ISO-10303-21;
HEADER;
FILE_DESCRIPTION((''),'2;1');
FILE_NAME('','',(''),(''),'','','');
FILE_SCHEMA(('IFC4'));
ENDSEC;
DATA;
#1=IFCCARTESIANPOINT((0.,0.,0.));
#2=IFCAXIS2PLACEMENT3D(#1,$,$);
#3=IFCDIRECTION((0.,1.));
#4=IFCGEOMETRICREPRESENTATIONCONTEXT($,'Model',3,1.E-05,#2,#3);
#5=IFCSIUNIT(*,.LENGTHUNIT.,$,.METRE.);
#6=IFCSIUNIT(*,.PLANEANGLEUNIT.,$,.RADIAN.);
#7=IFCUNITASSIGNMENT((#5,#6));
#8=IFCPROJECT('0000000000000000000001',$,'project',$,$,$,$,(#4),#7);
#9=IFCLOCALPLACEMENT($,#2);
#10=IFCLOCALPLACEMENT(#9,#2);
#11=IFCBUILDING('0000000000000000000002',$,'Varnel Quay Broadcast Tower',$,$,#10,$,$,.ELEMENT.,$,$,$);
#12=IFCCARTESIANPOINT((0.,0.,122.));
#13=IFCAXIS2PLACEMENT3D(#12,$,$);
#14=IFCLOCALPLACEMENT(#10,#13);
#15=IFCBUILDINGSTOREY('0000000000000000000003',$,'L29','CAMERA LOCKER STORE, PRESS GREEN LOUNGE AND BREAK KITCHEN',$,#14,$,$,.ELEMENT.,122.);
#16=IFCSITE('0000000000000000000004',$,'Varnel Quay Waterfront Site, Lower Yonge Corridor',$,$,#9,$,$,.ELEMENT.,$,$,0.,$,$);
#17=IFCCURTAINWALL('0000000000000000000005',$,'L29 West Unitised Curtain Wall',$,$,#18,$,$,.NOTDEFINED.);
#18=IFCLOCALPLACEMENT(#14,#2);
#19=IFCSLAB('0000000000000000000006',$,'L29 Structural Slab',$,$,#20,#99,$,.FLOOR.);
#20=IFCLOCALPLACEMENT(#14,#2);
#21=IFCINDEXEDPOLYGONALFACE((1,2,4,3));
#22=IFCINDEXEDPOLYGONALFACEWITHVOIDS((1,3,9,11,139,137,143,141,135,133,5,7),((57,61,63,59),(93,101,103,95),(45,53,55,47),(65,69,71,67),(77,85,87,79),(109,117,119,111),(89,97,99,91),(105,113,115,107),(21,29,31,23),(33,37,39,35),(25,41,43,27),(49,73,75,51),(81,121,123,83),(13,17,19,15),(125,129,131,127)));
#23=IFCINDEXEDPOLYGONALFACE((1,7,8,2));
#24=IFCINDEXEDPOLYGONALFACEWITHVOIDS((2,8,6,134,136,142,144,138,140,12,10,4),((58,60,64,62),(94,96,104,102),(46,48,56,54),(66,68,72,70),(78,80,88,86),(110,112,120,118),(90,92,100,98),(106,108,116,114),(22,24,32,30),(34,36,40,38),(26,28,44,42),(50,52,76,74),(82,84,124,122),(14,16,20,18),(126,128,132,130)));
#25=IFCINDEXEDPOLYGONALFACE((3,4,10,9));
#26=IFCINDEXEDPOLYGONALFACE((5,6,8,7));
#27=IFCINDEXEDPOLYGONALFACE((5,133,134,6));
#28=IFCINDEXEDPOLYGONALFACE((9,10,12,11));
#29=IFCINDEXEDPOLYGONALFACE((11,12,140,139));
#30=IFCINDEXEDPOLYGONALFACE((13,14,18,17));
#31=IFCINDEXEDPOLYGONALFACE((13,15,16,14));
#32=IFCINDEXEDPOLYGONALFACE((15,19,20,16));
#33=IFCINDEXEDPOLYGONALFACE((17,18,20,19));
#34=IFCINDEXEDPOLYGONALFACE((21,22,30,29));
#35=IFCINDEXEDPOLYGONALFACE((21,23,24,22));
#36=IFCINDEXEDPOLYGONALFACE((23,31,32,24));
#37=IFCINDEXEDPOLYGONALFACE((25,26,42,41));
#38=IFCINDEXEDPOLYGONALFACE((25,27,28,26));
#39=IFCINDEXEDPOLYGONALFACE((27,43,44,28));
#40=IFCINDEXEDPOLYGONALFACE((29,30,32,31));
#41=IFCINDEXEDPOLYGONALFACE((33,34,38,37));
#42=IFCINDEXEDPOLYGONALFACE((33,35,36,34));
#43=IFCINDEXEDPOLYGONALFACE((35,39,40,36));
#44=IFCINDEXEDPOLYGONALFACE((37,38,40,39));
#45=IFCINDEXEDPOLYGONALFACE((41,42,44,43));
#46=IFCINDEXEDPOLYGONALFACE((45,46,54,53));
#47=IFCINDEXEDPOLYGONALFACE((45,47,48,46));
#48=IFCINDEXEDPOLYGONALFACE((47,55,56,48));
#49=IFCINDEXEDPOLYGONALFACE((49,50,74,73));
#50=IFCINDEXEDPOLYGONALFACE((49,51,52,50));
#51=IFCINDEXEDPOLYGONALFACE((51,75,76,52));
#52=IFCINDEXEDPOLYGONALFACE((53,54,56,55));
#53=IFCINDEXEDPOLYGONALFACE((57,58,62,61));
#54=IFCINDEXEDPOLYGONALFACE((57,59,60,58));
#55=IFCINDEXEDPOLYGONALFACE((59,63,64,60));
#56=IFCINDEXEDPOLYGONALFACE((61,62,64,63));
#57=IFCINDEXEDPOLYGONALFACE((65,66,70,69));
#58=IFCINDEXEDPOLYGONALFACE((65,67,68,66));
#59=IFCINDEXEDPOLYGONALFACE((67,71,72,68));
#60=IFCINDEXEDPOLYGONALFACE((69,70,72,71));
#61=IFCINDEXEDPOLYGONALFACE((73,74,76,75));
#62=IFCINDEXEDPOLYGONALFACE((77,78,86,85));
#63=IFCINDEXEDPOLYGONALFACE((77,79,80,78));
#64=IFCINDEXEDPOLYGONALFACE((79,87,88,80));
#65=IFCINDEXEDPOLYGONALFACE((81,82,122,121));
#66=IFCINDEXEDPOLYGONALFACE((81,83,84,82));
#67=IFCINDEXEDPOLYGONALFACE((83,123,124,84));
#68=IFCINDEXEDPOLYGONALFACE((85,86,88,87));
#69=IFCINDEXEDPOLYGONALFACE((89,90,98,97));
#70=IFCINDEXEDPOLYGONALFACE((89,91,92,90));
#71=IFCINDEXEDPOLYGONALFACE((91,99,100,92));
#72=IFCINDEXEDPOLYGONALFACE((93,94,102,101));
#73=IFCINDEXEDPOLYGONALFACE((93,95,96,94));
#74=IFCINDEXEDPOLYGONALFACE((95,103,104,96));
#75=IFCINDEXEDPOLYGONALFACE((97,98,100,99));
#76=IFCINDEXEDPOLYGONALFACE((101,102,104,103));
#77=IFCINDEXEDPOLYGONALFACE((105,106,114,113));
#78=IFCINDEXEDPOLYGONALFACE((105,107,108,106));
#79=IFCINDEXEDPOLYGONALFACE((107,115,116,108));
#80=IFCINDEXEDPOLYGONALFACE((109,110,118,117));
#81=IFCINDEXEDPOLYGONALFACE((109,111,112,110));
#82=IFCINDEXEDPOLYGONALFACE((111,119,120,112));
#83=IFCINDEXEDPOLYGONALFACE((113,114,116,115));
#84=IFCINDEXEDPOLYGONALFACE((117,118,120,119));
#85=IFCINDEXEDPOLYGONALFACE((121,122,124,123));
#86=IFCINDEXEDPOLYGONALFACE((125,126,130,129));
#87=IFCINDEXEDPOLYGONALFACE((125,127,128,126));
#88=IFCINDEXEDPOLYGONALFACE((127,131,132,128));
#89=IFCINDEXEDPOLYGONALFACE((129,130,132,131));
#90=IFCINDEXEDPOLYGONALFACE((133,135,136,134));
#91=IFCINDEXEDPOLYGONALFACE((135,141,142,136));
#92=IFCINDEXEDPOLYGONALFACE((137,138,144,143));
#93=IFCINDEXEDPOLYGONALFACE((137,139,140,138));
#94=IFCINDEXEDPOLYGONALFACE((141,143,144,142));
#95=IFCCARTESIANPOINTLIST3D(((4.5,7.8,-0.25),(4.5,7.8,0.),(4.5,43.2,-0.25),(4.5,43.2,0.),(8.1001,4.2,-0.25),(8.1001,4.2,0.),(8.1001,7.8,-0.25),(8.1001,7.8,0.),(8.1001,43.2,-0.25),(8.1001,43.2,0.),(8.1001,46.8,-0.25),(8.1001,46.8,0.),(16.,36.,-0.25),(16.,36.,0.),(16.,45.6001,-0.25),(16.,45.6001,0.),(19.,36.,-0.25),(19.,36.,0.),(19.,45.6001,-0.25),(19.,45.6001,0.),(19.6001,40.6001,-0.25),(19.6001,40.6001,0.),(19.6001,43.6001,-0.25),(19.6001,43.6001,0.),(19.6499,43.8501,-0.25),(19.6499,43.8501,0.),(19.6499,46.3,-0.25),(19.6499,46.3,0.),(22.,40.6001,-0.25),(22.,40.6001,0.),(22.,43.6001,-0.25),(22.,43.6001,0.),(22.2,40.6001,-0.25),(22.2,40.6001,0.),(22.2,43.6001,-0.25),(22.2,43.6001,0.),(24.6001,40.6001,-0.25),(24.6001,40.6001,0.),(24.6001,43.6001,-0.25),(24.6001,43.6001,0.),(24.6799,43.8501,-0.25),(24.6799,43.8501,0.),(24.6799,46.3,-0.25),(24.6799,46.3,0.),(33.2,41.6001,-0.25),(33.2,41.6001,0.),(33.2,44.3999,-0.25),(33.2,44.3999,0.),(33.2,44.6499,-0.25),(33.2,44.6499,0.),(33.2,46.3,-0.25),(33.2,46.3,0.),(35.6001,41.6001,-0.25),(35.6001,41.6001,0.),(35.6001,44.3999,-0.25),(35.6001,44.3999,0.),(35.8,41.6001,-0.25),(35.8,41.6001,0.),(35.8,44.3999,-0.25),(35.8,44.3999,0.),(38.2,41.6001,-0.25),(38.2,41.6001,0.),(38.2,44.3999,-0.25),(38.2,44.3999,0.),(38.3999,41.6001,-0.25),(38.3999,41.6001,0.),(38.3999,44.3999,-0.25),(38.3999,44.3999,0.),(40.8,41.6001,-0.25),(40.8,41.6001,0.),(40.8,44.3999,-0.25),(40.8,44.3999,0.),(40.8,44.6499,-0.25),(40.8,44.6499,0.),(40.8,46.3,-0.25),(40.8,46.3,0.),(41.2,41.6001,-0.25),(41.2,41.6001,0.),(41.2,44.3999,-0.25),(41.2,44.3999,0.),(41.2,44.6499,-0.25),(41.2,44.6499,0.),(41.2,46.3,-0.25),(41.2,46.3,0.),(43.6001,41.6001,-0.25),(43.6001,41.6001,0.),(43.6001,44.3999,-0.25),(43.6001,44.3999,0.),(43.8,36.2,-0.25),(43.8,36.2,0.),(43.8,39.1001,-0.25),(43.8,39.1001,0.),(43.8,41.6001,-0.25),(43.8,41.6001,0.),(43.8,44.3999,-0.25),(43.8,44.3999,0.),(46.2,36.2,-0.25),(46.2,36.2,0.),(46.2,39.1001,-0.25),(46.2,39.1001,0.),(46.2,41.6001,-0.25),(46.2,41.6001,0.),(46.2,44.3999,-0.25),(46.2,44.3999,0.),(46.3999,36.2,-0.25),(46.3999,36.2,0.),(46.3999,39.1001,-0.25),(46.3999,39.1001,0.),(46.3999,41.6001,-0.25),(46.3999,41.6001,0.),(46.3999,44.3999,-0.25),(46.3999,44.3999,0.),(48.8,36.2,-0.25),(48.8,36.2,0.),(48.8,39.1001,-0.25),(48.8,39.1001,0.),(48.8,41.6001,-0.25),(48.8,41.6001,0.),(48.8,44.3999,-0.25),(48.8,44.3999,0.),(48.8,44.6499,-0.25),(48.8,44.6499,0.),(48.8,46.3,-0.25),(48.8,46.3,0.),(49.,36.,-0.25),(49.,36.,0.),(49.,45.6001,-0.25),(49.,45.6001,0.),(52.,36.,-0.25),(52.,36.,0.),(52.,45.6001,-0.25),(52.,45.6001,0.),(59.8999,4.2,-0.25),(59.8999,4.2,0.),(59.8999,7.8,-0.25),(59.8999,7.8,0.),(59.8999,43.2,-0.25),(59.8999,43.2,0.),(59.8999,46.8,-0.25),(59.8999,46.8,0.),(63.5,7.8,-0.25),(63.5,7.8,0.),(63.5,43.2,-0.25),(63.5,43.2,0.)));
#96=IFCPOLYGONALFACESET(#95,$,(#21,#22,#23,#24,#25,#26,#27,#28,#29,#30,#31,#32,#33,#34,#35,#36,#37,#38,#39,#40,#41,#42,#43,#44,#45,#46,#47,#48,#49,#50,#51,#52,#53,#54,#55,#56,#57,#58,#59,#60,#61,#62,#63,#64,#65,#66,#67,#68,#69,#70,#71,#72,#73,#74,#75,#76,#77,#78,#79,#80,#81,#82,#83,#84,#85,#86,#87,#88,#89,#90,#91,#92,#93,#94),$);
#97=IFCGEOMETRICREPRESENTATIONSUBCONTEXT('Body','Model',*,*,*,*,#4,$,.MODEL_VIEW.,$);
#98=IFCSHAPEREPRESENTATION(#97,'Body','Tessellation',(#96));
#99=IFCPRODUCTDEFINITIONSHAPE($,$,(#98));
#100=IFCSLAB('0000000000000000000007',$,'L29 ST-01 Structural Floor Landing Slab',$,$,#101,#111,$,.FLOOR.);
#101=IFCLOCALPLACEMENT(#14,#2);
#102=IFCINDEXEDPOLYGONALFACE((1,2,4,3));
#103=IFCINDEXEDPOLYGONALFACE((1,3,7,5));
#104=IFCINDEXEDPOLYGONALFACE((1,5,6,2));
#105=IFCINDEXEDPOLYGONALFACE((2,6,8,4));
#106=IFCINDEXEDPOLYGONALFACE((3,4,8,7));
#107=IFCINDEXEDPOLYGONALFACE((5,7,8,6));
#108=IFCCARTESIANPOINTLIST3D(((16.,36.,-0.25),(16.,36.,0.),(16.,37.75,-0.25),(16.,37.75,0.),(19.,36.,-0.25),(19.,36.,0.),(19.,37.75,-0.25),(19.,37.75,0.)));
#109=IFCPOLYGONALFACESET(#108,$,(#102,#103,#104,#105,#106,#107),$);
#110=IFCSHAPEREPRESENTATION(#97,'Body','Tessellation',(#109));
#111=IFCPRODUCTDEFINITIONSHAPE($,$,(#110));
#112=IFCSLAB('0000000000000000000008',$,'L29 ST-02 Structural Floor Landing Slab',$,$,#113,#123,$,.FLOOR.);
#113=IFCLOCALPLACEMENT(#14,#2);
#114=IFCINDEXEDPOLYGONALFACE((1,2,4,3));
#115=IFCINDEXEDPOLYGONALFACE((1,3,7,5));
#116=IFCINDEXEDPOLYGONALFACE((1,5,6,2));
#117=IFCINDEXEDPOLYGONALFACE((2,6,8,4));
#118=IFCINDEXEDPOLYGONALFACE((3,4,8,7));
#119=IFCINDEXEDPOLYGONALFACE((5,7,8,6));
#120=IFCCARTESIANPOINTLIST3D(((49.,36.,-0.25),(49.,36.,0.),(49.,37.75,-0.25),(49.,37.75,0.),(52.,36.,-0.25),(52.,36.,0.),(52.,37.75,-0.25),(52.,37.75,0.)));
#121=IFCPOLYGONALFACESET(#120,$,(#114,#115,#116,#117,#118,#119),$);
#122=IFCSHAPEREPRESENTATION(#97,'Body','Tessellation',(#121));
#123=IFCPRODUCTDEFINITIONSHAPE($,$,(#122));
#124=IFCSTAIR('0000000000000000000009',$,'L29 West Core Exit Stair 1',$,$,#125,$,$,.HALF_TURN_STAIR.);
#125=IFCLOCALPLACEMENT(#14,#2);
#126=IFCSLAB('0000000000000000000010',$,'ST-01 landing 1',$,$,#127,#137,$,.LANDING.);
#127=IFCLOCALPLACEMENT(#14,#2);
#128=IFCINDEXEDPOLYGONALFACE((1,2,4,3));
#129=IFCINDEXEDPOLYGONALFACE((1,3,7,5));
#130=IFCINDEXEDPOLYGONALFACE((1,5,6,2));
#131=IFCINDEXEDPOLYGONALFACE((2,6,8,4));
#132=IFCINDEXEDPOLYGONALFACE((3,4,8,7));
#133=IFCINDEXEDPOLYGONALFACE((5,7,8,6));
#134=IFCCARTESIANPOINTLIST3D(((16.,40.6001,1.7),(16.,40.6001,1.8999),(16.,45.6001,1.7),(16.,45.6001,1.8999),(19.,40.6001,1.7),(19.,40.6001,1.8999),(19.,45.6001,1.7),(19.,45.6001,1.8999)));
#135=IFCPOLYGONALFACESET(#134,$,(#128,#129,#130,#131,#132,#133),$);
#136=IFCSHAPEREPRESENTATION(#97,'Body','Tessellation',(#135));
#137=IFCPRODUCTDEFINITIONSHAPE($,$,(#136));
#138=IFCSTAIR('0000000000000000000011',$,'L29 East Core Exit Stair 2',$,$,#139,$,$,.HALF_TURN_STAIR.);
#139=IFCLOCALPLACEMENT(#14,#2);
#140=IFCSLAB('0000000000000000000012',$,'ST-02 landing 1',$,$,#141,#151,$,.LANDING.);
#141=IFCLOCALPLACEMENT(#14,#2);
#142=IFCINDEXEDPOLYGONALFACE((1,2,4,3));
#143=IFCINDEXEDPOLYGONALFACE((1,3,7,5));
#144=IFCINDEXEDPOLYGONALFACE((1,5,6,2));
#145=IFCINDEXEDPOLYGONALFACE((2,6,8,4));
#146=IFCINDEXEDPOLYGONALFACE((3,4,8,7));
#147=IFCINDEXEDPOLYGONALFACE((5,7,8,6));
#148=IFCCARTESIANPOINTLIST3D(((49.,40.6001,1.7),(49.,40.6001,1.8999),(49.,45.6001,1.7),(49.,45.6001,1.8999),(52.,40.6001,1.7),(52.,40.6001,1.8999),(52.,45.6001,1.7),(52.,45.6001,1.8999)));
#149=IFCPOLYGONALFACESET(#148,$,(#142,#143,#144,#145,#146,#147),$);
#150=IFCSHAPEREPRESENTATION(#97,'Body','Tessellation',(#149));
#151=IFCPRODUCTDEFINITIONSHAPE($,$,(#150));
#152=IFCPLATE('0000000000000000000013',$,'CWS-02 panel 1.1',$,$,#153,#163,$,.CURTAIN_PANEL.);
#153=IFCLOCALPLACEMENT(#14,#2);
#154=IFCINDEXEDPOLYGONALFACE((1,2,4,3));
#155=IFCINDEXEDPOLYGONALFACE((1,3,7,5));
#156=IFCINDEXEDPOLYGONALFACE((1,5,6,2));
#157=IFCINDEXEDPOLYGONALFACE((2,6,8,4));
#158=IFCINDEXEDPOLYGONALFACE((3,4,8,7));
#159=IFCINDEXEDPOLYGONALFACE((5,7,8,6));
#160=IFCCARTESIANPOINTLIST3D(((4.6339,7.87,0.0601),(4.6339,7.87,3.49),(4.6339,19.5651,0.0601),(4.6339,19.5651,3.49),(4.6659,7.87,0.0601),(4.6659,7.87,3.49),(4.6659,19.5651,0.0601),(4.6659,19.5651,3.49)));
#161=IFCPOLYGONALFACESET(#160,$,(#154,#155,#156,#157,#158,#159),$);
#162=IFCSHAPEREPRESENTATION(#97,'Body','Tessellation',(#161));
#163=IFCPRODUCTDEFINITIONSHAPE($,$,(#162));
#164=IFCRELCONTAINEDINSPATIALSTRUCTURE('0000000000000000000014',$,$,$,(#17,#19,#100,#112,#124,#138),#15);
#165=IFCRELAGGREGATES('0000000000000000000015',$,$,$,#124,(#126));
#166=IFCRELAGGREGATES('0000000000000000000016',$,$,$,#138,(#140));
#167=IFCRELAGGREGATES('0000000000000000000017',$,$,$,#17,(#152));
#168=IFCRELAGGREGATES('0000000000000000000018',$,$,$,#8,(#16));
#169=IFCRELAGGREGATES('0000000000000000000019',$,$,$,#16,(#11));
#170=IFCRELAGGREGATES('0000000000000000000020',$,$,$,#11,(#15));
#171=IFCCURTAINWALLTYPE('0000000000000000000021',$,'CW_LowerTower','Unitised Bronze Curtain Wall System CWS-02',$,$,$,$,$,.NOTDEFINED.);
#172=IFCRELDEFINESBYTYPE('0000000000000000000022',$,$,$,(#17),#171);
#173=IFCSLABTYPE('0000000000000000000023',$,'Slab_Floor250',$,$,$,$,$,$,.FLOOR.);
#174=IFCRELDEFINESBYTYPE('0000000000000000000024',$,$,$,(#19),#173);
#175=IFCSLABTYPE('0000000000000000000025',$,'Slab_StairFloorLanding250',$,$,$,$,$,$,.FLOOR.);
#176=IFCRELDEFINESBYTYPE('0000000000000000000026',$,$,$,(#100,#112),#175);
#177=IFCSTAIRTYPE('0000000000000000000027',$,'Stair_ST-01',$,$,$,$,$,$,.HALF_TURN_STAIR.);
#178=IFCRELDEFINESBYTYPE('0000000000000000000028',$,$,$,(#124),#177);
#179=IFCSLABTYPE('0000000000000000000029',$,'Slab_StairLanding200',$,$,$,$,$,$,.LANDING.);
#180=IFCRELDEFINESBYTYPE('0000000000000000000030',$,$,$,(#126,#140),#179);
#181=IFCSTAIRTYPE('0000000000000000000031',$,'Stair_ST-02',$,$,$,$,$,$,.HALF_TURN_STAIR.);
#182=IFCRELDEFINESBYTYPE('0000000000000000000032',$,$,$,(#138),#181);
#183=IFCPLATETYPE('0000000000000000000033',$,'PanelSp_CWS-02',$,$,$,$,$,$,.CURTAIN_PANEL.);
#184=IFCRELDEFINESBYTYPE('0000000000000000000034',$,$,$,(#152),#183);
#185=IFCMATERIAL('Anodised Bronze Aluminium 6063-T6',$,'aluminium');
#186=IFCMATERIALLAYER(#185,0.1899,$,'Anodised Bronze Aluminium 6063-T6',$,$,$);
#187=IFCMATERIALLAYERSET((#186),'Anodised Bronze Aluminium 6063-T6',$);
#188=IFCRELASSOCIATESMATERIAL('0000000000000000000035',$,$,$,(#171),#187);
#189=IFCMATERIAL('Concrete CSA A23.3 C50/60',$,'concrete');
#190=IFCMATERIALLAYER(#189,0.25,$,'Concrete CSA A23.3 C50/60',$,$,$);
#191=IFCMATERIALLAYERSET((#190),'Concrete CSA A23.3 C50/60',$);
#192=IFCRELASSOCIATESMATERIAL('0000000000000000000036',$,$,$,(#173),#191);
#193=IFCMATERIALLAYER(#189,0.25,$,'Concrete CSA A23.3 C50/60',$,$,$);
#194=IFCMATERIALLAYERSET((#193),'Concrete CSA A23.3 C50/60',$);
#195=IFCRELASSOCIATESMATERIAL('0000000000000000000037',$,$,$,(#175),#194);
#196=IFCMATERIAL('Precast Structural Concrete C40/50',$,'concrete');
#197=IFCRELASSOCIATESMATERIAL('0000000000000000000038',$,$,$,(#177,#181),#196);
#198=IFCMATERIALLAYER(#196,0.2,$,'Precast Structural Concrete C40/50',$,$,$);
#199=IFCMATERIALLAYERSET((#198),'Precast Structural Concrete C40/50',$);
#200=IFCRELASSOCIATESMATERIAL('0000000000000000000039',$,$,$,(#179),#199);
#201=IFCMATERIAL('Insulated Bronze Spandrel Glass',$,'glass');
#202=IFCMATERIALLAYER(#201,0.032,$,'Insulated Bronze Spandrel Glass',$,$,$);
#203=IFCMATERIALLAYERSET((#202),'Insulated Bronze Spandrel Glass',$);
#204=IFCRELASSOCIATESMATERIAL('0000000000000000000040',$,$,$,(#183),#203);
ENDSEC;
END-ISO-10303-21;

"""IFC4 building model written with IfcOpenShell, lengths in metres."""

from ifc_helpers import new_model, si_unit, direction, frame, origin, origin_2d, place, context, subcontext, project, spatial, polyline, rectangle, outline, extrude, source, transform, mapped, material, layer, layer_set, type_object, type_shapes, element, aggregate, save


model = new_model("IFC4")

# Units and contexts
model_context = context("Model", 3, precision=1e-05, world=origin(), true_north=direction((0.0, 1.0)))
body_context = subcontext(model_context, "Body", "Model", "MODEL_VIEW")
ifc_project = project(units=[si_unit("LENGTHUNIT", "METRE"), si_unit("PLANEANGLEUNIT", "RADIAN")], contexts=[model_context])

# Site, building, storey
site_placement = place(None, origin())
site = spatial("IfcSite", under=ifc_project, at=site_placement, Name="Varnel Quay Waterfront Site, Lower Yonge Corridor", CompositionType="ELEMENT", RefElevation=0.0)
building_placement = place(site_placement, origin())
building = spatial("IfcBuilding", under=site, at=building_placement, Name="Varnel Quay Broadcast Tower", CompositionType="ELEMENT")
storey_placement = place(building_placement, frame((0.0, 0.0, 122.0)))
storey = spatial("IfcBuildingStorey", under=building, at=storey_placement, Name="L29", Description="CAMERA LOCKER STORE, PRESS GREEN LOUNGE AND BREAK KITCHEN", CompositionType="ELEMENT", Elevation=122.0)

# Curtain wall
ifc_material_1 = material(Name="Anodised Bronze Aluminium 6063-T6", Category="aluminium")
ifc_layer_1 = layer(ifc_material_1, 0.1899, Name="Anodised Bronze Aluminium 6063-T6")
ifc_layer_set_1 = layer_set([ifc_layer_1], Name="Anodised Bronze Aluminium 6063-T6")
curtain_wall_type_1 = type_object("IfcCurtainWallType", Name="CW_LowerTower", Description="Unitised Bronze Curtain Wall System CWS-02", PredefinedType="NOTDEFINED", material=ifc_layer_set_1)
curtain_wall_1_placement = place(storey_placement, origin())
curtain_wall_1 = element("IfcCurtainWall", 1, at=curtain_wall_1_placement, inside=storey, type_object=curtain_wall_type_1, Name="L29 West Unitised Curtain Wall", PredefinedType="NOTDEFINED")

# Slabs
ifc_material_2 = material(Name="Concrete CSA A23.3 C50/60", Category="concrete")
ifc_layer_2 = layer(ifc_material_2, 0.25, Name="Concrete CSA A23.3 C50/60")
ifc_layer_set_2 = layer_set([ifc_layer_2], Name="Concrete CSA A23.3 C50/60")
slab_type_1 = type_object("IfcSlabType", Name="Slab_Floor250", PredefinedType="FLOOR", material=ifc_layer_set_2)
slab_1_placement = place(storey_placement, frame((0.0, 0.0, -0.25)))
element("IfcSlab", 2, at=slab_1_placement, inside=storey, type_object=slab_type_1, Name="L29 Structural Slab", PredefinedType="FLOOR", context=body_context, shape_type="SweptSolid", body=[
    extrude(outline(polyline([(8.1001, 4.2), (59.8999, 4.2), (59.8999, 7.8), (63.5, 7.8), (63.5, 43.2), (59.8999, 43.2), (59.8999, 46.8), (8.1001, 46.8), (8.1001, 43.2), (4.5, 43.2), (4.5, 7.8), (8.1001, 7.8), (8.1001, 4.2)]), holes=[polyline([(19.0, 36.0), (16.0, 36.0), (16.0, 45.6001), (19.0, 45.6001), (19.0, 36.0)]), polyline([(19.6001, 43.6001), (22.0, 43.6001), (22.0, 40.6001), (19.6001, 40.6001), (19.6001, 43.6001)]), polyline([(22.2, 43.6001), (24.6001, 43.6001), (24.6001, 40.6001), (22.2, 40.6001), (22.2, 43.6001)]), polyline([(33.2, 44.3999), (35.6001, 44.3999), (35.6001, 41.6001), (33.2, 41.6001), (33.2, 44.3999)]), polyline([(35.8, 44.3999), (38.2, 44.3999), (38.2, 41.6001), (35.8, 41.6001), (35.8, 44.3999)]), polyline([(38.3999, 44.3999), (40.8, 44.3999), (40.8, 41.6001), (38.3999, 41.6001), (38.3999, 44.3999)]), polyline([(19.6499, 46.3), (24.6799, 46.3), (24.6799, 43.8501), (19.6499, 43.8501), (19.6499, 46.3)]), polyline([(33.2, 46.3), (40.8, 46.3), (40.8, 44.6499), (33.2, 44.6499), (33.2, 46.3)]), polyline([(43.8, 39.1001), (46.2, 39.1001), (46.2, 36.2), (43.8, 36.2), (43.8, 39.1001)]), polyline([(46.3999, 39.1001), (48.8, 39.1001), (48.8, 36.2), (46.3999, 36.2), (46.3999, 39.1001)]), polyline([(49.0, 36.0), (49.0, 45.6001), (52.0, 45.6001), (52.0, 36.0), (49.0, 36.0)]), polyline([(41.2, 44.3999), (43.6001, 44.3999), (43.6001, 41.6001), (41.2, 41.6001), (41.2, 44.3999)]), polyline([(43.8, 44.3999), (46.2, 44.3999), (46.2, 41.6001), (43.8, 41.6001), (43.8, 44.3999)]), polyline([(46.3999, 44.3999), (48.8, 44.3999), (48.8, 41.6001), (46.3999, 41.6001), (46.3999, 44.3999)]), polyline([(41.2, 46.3), (48.8, 46.3), (48.8, 44.6499), (41.2, 44.6499), (41.2, 46.3)])]), origin(), (0.0, 0.0, 1.0), 0.25),
])
ifc_layer_3 = layer(ifc_material_2, 0.25, Name="Concrete CSA A23.3 C50/60")
ifc_layer_set_3 = layer_set([ifc_layer_3], Name="Concrete CSA A23.3 C50/60")
slab_type_2 = type_object("IfcSlabType", Name="Slab_StairFloorLanding250", PredefinedType="FLOOR", material=ifc_layer_set_3)
slab_2_placement = place(storey_placement, frame((0.0, 0.0, -0.25)))
element("IfcSlab", 3, at=slab_2_placement, inside=storey, type_object=slab_type_2, Name="L29 ST-01 Structural Floor Landing Slab", PredefinedType="FLOOR", context=body_context, shape_type="SweptSolid", body=[
    extrude(outline(polyline([(19.0, 36.0), (19.0, 37.75), (16.0, 37.75), (16.0, 36.0), (19.0, 36.0)])), origin(), (0.0, 0.0, 1.0), 0.25),
])
slab_3_placement = place(storey_placement, frame((0.0, 0.0, -0.25)))
element("IfcSlab", 4, at=slab_3_placement, inside=storey, type_object=slab_type_2, Name="L29 ST-02 Structural Floor Landing Slab", PredefinedType="FLOOR", context=body_context, shape_type="SweptSolid", body=[
    extrude(outline(polyline([(52.0, 36.0), (52.0, 37.75), (49.0, 37.75), (49.0, 36.0), (52.0, 36.0)])), origin(), (0.0, 0.0, 1.0), 0.25),
])

# Stairs, slabs
ifc_material_3 = material(Name="Precast Structural Concrete C40/50", Category="concrete")
stair_type_1 = type_object("IfcStairType", Name="Stair_ST-01", PredefinedType="HALF_TURN_STAIR", material=ifc_material_3)
stair_1_placement = place(storey_placement, origin())
stair_1 = element("IfcStair", 5, at=stair_1_placement, inside=storey, type_object=stair_type_1, Name="L29 West Core Exit Stair 1", PredefinedType="HALF_TURN_STAIR")
ifc_layer_4 = layer(ifc_material_3, 0.2, Name="Precast Structural Concrete C40/50")
ifc_layer_set_4 = layer_set([ifc_layer_4], Name="Precast Structural Concrete C40/50")
slab_type_3 = type_object("IfcSlabType", Name="Slab_StairLanding200", PredefinedType="LANDING", material=ifc_layer_set_4)
slab_4_placement = place(storey_placement, frame((0.0, 0.0, 1.7)))
slab_4 = element("IfcSlab", 6, at=slab_4_placement, type_object=slab_type_3, Name="ST-01 landing 1", PredefinedType="LANDING", context=body_context, shape_type="SweptSolid", body=[
    extrude(outline(polyline([(19.0, 40.6001), (19.0, 45.6001), (16.0, 45.6001), (16.0, 40.6001), (19.0, 40.6001)])), origin(), (0.0, 0.0, 1.0), 0.2),
])
aggregate(stair_1, [slab_4])
stair_type_2 = type_object("IfcStairType", Name="Stair_ST-02", PredefinedType="HALF_TURN_STAIR", material=ifc_material_3)
stair_2_placement = place(storey_placement, origin())
stair_2 = element("IfcStair", 7, at=stair_2_placement, inside=storey, type_object=stair_type_2, Name="L29 East Core Exit Stair 2", PredefinedType="HALF_TURN_STAIR")
slab_5_placement = place(storey_placement, frame((0.0, 0.0, 1.7)))
slab_5 = element("IfcSlab", 8, at=slab_5_placement, type_object=slab_type_3, Name="ST-02 landing 1", PredefinedType="LANDING", context=body_context, shape_type="SweptSolid", body=[
    extrude(outline(polyline([(52.0, 40.6001), (52.0, 45.6001), (49.0, 45.6001), (49.0, 40.6001), (52.0, 40.6001)])), origin(), (0.0, 0.0, 1.0), 0.2),
])
aggregate(stair_2, [slab_5])

# Plate
ifc_material_4 = material(Name="Insulated Bronze Spandrel Glass", Category="glass")
ifc_layer_5 = layer(ifc_material_4, 0.032, Name="Insulated Bronze Spandrel Glass")
ifc_layer_set_5 = layer_set([ifc_layer_5], Name="Insulated Bronze Spandrel Glass")
plate_type = type_object("IfcPlateType", Name="PanelSp_CWS-02", PredefinedType="CURTAIN_PANEL", material=ifc_layer_set_5)
shared_shape_1 = source(origin(), body_context, "Body", "SweptSolid", [
    extrude(rectangle(XDim=11.6951, YDim=0.032, at=origin_2d()), origin(), (0.0, 0.0, 1.0), 3.4299),
])
type_shapes(plate_type, [shared_shape_1])
plate_placement = place(storey_placement, frame((4.6499, 13.7175, 0.0601), z_axis=(0.0, 0.0, 1.0), x_axis=(0.0, 1.0, 0.0)))
plate = element("IfcPlate", 9, at=plate_placement, type_object=plate_type, Name="CWS-02 panel 1.1", PredefinedType="CURTAIN_PANEL", context=body_context, shape_type="MappedRepresentation", body=[
    mapped(shared_shape_1, transform((0.0, 0.0, 0.0), x_axis=(1.0, 0.0, 0.0), y_axis=(0.0, 1.0, 0.0), z_axis=(0.0, 0.0, 1.0), scale=1.0)),
])
aggregate(curtain_wall_1, [plate])

save(model, "model.ifc")
